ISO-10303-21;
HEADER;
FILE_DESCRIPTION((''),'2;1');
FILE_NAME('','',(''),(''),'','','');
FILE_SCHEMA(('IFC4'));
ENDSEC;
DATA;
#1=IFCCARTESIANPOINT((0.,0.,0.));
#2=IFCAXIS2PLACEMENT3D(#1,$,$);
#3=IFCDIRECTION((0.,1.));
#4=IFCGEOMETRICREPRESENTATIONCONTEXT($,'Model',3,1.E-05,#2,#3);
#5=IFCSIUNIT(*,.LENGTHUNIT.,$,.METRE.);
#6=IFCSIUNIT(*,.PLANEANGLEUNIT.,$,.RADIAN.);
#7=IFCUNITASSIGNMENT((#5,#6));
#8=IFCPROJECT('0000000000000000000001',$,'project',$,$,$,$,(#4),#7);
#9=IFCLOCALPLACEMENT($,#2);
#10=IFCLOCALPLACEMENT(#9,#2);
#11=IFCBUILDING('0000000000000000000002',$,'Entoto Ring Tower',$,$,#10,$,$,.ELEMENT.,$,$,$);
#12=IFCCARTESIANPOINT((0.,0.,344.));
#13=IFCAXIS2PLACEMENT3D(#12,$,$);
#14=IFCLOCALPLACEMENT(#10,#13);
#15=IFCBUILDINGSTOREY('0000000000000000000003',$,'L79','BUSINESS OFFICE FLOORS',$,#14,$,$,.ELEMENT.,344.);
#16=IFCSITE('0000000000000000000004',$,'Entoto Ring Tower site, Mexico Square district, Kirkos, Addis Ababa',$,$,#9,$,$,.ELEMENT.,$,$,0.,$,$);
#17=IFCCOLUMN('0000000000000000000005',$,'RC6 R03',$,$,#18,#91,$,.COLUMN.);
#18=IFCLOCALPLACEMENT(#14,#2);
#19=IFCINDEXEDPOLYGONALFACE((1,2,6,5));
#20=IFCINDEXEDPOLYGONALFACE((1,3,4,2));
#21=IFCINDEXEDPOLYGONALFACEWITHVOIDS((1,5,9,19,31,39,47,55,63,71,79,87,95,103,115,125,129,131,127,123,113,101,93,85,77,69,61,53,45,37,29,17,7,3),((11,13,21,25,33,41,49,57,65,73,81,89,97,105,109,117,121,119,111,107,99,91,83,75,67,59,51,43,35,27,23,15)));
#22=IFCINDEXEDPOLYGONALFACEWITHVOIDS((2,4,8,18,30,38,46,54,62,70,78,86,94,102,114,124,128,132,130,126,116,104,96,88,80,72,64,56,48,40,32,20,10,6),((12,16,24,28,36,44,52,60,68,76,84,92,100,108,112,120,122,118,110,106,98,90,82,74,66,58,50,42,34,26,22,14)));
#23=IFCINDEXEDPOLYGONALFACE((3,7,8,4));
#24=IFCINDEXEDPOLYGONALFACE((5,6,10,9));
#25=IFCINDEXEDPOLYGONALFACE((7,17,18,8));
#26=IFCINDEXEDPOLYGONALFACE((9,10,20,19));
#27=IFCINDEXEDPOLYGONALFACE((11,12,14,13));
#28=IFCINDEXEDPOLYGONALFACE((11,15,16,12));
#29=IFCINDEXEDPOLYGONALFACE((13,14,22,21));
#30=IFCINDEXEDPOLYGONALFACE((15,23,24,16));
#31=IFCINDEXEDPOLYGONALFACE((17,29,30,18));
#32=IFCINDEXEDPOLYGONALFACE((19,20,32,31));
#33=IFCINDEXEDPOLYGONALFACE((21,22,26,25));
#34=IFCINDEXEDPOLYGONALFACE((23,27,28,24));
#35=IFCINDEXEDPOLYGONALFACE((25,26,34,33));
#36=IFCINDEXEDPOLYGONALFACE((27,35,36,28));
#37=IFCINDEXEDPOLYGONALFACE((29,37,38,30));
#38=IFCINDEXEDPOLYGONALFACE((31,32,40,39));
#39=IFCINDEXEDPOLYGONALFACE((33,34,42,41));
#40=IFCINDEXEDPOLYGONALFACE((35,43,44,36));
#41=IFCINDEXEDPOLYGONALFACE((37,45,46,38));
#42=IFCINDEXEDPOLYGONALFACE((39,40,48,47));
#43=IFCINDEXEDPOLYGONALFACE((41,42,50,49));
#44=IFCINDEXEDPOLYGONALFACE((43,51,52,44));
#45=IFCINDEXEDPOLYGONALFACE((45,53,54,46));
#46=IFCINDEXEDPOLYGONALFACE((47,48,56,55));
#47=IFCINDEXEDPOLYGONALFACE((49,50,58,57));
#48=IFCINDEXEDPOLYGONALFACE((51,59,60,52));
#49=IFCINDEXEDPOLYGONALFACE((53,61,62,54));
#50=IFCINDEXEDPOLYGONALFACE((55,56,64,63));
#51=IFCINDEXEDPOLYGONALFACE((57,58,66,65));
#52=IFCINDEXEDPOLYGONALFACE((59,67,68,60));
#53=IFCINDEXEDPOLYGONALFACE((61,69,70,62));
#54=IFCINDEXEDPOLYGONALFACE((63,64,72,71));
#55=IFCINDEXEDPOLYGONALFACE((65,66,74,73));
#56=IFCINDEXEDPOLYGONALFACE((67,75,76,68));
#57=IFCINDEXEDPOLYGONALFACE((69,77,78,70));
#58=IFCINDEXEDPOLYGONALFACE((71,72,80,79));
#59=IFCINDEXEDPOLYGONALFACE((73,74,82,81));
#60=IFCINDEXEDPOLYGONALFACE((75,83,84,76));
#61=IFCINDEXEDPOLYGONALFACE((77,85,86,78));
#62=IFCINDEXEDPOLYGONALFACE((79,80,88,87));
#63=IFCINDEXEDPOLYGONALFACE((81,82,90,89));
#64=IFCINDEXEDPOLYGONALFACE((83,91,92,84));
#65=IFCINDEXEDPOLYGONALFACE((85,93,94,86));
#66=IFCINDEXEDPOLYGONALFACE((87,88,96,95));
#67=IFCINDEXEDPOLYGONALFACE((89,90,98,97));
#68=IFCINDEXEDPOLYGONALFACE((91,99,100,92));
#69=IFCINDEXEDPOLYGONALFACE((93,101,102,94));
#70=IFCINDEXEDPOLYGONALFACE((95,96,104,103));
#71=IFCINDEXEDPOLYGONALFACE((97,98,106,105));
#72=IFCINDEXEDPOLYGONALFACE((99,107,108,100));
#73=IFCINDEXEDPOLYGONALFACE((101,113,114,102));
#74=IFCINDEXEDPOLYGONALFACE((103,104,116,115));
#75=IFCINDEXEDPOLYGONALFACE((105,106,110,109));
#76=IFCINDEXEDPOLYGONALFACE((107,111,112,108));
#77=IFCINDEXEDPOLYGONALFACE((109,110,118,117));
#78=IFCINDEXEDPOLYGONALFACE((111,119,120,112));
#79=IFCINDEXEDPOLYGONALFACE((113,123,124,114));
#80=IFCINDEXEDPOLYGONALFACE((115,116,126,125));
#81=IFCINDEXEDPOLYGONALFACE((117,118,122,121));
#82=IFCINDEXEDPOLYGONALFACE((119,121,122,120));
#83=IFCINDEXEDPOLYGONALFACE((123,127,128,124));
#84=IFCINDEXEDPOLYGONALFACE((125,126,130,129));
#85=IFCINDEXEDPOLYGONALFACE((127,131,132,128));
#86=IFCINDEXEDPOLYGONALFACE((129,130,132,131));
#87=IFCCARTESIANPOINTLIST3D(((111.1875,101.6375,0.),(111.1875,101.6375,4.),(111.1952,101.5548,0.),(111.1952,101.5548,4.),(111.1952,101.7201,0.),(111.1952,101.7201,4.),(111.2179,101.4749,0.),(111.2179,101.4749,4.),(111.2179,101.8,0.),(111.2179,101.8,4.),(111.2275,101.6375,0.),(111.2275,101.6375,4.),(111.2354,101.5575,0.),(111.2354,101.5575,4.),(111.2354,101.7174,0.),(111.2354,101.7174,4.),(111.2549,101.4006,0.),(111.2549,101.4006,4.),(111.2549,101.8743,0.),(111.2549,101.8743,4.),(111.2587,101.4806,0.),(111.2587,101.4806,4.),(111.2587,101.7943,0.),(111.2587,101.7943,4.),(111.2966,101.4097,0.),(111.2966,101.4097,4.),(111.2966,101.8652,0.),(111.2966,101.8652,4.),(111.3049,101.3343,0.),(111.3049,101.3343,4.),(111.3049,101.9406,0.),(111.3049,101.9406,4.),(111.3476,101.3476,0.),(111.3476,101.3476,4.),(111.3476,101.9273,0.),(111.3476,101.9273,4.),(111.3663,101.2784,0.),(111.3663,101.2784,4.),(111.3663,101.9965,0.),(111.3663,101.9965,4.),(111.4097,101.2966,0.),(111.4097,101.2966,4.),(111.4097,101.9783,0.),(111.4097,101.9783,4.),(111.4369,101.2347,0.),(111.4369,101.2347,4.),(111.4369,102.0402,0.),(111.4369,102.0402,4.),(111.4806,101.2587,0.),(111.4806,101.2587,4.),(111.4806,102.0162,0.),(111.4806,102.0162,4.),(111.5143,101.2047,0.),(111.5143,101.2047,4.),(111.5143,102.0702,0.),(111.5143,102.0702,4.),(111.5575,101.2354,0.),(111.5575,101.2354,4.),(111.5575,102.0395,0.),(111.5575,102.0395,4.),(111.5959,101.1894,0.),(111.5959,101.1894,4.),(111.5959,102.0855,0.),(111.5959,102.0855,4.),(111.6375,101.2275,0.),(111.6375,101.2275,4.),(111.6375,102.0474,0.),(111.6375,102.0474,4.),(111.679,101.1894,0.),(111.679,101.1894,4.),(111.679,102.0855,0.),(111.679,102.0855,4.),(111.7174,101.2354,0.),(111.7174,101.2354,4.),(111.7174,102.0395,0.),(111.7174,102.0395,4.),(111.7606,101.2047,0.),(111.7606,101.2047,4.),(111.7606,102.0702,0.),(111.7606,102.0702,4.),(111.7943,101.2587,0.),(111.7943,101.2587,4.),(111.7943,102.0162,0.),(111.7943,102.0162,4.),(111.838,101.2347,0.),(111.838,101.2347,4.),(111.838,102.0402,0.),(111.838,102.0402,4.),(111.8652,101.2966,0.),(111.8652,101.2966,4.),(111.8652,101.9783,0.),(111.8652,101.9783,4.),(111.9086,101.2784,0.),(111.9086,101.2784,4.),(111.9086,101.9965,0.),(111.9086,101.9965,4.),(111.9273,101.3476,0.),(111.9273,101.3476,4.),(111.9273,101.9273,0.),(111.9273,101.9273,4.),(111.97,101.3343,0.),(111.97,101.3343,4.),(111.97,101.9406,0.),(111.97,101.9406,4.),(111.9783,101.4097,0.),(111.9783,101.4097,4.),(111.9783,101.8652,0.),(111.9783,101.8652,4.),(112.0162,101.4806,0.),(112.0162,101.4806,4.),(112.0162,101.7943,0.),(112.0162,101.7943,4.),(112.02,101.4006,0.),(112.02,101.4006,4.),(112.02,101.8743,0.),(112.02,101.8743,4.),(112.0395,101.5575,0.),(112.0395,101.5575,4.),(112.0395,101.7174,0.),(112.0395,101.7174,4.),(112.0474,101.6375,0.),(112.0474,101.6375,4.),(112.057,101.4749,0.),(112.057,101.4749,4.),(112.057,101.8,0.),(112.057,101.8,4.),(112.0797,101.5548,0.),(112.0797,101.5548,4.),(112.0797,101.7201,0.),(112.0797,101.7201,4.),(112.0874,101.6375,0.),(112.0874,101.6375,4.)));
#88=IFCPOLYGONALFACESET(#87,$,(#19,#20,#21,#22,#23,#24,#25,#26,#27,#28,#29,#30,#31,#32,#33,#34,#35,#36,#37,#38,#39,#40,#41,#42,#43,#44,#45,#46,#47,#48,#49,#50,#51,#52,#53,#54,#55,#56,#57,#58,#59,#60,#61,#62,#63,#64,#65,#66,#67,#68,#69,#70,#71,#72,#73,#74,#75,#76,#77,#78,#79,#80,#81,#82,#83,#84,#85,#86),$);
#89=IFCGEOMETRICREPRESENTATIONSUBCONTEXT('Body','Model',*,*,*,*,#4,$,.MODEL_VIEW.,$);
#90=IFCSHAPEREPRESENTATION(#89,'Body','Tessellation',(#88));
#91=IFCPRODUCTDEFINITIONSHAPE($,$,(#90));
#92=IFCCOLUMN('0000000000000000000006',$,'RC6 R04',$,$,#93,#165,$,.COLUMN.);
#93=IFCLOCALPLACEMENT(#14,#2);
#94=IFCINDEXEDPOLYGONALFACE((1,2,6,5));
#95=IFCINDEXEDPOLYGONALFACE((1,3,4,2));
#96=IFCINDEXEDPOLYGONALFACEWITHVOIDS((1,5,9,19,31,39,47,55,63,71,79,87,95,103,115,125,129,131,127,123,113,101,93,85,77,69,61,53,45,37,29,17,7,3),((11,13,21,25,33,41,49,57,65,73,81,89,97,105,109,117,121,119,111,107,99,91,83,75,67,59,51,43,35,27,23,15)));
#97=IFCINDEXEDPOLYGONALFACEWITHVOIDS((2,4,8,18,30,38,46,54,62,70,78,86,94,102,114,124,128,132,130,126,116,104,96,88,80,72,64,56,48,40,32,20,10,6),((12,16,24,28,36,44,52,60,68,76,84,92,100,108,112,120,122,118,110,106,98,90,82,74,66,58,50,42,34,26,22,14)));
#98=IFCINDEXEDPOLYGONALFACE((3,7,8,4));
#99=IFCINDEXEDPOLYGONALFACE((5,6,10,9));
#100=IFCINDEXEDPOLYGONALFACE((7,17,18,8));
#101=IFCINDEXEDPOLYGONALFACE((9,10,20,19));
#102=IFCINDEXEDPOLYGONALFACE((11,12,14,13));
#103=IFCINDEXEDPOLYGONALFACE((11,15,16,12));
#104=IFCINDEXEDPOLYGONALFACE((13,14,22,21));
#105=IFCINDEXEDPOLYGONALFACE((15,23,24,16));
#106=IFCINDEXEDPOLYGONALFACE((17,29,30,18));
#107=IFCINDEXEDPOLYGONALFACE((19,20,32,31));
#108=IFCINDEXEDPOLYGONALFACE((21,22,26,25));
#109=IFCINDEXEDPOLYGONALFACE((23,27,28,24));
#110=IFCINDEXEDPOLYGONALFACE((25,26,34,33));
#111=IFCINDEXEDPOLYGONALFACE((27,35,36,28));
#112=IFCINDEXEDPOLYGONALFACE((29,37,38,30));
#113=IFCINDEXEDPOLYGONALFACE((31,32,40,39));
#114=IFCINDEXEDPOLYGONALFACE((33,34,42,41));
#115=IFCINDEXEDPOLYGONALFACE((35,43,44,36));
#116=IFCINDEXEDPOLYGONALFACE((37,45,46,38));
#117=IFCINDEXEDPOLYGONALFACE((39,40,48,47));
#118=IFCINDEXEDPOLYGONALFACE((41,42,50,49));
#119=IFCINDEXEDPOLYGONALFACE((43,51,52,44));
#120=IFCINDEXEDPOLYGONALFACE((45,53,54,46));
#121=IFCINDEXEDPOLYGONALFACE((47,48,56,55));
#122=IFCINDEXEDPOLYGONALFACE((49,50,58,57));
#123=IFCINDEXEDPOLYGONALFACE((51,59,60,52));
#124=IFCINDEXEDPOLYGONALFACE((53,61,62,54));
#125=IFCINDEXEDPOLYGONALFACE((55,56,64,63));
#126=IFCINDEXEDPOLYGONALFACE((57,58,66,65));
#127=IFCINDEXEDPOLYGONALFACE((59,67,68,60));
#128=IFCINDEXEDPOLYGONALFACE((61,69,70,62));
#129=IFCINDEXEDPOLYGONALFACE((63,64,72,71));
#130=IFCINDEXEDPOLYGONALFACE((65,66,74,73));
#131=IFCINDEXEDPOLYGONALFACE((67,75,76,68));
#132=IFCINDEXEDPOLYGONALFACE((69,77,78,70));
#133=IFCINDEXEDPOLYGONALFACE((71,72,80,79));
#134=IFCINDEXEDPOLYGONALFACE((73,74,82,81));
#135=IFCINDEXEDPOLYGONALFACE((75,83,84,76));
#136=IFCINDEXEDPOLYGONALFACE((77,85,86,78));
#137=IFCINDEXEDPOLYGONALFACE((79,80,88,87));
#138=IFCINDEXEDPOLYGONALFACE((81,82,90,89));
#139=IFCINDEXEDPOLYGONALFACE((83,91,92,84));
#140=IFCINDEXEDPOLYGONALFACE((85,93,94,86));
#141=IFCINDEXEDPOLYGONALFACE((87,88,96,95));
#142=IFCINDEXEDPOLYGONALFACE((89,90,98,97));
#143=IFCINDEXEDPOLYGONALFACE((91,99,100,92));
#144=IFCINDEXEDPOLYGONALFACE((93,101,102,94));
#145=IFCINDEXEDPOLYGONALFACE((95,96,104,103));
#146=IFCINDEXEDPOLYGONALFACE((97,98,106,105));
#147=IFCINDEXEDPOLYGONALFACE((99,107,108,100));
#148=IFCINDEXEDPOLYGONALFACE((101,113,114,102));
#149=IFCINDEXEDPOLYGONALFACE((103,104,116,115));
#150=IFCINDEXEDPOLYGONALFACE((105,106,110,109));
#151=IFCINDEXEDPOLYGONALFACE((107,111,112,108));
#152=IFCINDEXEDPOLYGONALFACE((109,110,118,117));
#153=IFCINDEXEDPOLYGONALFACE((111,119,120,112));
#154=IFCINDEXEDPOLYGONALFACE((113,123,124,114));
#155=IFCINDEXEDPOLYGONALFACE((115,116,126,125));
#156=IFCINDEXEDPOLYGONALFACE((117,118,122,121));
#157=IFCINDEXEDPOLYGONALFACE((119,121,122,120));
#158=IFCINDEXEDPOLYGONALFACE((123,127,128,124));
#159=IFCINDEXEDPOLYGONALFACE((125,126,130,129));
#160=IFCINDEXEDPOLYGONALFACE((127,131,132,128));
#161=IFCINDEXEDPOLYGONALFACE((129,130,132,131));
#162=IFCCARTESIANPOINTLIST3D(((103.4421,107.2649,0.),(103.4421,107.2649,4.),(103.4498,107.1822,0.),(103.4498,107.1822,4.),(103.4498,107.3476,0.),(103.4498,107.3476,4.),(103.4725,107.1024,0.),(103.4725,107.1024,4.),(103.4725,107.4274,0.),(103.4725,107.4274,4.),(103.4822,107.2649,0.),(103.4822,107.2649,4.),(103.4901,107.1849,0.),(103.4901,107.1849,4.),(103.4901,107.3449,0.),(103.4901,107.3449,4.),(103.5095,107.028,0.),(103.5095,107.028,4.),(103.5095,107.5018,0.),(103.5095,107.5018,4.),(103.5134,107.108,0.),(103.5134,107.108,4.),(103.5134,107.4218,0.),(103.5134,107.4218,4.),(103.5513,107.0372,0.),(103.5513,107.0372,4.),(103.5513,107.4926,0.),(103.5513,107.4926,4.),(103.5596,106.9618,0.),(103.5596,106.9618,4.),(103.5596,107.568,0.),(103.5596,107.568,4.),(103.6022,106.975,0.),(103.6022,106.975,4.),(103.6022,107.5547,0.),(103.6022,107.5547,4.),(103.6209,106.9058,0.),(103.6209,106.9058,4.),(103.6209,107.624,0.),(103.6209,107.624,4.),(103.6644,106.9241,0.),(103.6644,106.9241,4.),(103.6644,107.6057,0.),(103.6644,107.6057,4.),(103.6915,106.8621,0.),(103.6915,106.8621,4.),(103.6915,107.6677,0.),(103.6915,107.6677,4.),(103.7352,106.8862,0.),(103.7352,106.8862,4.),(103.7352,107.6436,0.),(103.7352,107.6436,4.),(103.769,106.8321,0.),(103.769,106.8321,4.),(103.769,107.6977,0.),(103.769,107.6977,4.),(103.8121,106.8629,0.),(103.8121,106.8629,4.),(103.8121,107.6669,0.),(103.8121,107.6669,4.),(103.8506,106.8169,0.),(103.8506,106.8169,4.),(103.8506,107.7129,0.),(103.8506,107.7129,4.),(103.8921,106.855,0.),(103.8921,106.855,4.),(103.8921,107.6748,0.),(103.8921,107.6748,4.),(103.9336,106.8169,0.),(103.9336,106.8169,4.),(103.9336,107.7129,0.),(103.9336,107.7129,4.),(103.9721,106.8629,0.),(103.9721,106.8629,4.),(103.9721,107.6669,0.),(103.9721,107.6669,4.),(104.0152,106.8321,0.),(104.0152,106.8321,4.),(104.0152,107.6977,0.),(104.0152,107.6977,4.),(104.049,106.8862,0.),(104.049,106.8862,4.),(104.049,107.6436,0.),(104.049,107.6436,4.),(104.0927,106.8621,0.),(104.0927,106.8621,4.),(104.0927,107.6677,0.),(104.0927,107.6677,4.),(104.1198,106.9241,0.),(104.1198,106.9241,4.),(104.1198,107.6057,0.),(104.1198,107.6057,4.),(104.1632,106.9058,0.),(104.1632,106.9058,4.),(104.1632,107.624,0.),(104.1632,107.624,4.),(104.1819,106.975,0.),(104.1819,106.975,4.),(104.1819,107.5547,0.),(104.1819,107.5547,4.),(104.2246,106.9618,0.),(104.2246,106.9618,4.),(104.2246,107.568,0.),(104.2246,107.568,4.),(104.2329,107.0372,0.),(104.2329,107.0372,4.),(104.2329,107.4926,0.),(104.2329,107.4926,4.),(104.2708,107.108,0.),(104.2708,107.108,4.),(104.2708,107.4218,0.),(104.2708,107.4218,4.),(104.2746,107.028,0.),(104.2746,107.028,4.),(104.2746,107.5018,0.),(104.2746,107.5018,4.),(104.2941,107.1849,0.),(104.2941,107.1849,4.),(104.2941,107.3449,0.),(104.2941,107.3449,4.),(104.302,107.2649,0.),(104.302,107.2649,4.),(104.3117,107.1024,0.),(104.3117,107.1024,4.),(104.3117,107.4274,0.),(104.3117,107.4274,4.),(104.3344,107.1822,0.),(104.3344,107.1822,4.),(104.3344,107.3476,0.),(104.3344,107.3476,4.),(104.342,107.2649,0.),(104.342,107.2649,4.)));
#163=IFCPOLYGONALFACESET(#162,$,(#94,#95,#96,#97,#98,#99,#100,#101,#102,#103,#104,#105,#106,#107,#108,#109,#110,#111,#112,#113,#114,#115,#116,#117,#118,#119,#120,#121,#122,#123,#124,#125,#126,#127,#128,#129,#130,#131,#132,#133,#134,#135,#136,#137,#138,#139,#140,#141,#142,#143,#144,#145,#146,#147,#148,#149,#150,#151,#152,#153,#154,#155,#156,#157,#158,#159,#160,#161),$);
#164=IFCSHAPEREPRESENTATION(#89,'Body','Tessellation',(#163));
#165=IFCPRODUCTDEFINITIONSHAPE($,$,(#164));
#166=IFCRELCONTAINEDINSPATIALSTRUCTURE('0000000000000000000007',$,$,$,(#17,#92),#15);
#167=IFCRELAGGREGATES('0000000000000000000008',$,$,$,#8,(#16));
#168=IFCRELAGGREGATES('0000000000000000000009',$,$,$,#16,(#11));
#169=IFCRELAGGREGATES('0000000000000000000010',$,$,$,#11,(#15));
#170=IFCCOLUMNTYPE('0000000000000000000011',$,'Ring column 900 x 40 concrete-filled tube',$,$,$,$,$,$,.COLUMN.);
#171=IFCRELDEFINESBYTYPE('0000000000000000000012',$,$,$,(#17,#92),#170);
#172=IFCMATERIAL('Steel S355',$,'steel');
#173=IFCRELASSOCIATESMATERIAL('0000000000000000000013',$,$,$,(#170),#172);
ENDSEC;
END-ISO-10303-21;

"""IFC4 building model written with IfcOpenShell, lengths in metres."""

from ifc_helpers import new_model, si_unit, direction, frame, origin, origin_2d, place, context, subcontext, project, spatial, circle, hollow_circle, extrude, material, material_profile, profile_set, type_object, element, save


model = new_model("IFC4")

# Units and contexts
model_context = context("Model", 3, precision=1e-05, world=origin(), true_north=direction((0.0, 1.0)))
body_context = subcontext(model_context, "Body", "Model", "MODEL_VIEW")
ifc_project = project(units=[si_unit("LENGTHUNIT", "METRE"), si_unit("PLANEANGLEUNIT", "RADIAN")], contexts=[model_context])

# Site, building, storey
site_placement = place(None, origin())
site = spatial("IfcSite", under=ifc_project, at=site_placement, Name="Entoto Ring Tower site, Mexico Square district, Kirkos, Addis Ababa", CompositionType="ELEMENT", RefElevation=0.0)
building_placement = place(site_placement, origin())
building = spatial("IfcBuilding", under=site, at=building_placement, Name="Entoto Ring Tower", CompositionType="ELEMENT")
storey_placement = place(building_placement, frame((0.0, 0.0, 344.0)))
storey = spatial("IfcBuildingStorey", under=building, at=storey_placement, Name="L79", Description="BUSINESS OFFICE FLOORS", CompositionType="ELEMENT", Elevation=344.0)

# Columns
ifc_material_1 = material(Name="Steel S355", Category="steel")
ifc_material_profile_1 = material_profile(ifc_material_1, hollow_circle(Radius=0.45, WallThickness=0.04, at=origin_2d()), Name="CHS 900 x 40")
ifc_material_2 = material(Name="Concrete C60/75", Category="concrete")
ifc_material_profile_2 = material_profile(ifc_material_2, circle(Radius=0.4099, at=origin_2d()), Name="Concrete C60/75 infill")
ifc_profile_set_1 = profile_set([ifc_material_profile_1, ifc_material_profile_2], Name="Steel S355")
column_type = type_object("IfcColumnType", Name="Ring column 900 x 40 concrete-filled tube", PredefinedType="COLUMN", material=ifc_profile_set_1)
for number, where, z_axis, x_axis, name in (
    (1, (111.6375, 101.6375, 0.0), (0.0, 0.0, 1.0), (1.0, 0.0, 0.0), "RC6 R03"),
    (2, (103.8921, 107.2649, 0.0), (0.0, 0.0, 1.0), (1.0, 0.0, 0.0), "RC6 R04"),
):
    element("IfcColumn", number, at=place(storey_placement, frame(where, z_axis=z_axis, x_axis=x_axis)), inside=storey, type_object=column_type, Name=name, PredefinedType="COLUMN", context=body_context, shape_type="SweptSolid", body=[
        extrude(hollow_circle(Radius=0.45, WallThickness=0.04, at=origin_2d()), origin(), (0.0, 0.0, 1.0), 4.0),
    ])

save(model, "model.ifc")
